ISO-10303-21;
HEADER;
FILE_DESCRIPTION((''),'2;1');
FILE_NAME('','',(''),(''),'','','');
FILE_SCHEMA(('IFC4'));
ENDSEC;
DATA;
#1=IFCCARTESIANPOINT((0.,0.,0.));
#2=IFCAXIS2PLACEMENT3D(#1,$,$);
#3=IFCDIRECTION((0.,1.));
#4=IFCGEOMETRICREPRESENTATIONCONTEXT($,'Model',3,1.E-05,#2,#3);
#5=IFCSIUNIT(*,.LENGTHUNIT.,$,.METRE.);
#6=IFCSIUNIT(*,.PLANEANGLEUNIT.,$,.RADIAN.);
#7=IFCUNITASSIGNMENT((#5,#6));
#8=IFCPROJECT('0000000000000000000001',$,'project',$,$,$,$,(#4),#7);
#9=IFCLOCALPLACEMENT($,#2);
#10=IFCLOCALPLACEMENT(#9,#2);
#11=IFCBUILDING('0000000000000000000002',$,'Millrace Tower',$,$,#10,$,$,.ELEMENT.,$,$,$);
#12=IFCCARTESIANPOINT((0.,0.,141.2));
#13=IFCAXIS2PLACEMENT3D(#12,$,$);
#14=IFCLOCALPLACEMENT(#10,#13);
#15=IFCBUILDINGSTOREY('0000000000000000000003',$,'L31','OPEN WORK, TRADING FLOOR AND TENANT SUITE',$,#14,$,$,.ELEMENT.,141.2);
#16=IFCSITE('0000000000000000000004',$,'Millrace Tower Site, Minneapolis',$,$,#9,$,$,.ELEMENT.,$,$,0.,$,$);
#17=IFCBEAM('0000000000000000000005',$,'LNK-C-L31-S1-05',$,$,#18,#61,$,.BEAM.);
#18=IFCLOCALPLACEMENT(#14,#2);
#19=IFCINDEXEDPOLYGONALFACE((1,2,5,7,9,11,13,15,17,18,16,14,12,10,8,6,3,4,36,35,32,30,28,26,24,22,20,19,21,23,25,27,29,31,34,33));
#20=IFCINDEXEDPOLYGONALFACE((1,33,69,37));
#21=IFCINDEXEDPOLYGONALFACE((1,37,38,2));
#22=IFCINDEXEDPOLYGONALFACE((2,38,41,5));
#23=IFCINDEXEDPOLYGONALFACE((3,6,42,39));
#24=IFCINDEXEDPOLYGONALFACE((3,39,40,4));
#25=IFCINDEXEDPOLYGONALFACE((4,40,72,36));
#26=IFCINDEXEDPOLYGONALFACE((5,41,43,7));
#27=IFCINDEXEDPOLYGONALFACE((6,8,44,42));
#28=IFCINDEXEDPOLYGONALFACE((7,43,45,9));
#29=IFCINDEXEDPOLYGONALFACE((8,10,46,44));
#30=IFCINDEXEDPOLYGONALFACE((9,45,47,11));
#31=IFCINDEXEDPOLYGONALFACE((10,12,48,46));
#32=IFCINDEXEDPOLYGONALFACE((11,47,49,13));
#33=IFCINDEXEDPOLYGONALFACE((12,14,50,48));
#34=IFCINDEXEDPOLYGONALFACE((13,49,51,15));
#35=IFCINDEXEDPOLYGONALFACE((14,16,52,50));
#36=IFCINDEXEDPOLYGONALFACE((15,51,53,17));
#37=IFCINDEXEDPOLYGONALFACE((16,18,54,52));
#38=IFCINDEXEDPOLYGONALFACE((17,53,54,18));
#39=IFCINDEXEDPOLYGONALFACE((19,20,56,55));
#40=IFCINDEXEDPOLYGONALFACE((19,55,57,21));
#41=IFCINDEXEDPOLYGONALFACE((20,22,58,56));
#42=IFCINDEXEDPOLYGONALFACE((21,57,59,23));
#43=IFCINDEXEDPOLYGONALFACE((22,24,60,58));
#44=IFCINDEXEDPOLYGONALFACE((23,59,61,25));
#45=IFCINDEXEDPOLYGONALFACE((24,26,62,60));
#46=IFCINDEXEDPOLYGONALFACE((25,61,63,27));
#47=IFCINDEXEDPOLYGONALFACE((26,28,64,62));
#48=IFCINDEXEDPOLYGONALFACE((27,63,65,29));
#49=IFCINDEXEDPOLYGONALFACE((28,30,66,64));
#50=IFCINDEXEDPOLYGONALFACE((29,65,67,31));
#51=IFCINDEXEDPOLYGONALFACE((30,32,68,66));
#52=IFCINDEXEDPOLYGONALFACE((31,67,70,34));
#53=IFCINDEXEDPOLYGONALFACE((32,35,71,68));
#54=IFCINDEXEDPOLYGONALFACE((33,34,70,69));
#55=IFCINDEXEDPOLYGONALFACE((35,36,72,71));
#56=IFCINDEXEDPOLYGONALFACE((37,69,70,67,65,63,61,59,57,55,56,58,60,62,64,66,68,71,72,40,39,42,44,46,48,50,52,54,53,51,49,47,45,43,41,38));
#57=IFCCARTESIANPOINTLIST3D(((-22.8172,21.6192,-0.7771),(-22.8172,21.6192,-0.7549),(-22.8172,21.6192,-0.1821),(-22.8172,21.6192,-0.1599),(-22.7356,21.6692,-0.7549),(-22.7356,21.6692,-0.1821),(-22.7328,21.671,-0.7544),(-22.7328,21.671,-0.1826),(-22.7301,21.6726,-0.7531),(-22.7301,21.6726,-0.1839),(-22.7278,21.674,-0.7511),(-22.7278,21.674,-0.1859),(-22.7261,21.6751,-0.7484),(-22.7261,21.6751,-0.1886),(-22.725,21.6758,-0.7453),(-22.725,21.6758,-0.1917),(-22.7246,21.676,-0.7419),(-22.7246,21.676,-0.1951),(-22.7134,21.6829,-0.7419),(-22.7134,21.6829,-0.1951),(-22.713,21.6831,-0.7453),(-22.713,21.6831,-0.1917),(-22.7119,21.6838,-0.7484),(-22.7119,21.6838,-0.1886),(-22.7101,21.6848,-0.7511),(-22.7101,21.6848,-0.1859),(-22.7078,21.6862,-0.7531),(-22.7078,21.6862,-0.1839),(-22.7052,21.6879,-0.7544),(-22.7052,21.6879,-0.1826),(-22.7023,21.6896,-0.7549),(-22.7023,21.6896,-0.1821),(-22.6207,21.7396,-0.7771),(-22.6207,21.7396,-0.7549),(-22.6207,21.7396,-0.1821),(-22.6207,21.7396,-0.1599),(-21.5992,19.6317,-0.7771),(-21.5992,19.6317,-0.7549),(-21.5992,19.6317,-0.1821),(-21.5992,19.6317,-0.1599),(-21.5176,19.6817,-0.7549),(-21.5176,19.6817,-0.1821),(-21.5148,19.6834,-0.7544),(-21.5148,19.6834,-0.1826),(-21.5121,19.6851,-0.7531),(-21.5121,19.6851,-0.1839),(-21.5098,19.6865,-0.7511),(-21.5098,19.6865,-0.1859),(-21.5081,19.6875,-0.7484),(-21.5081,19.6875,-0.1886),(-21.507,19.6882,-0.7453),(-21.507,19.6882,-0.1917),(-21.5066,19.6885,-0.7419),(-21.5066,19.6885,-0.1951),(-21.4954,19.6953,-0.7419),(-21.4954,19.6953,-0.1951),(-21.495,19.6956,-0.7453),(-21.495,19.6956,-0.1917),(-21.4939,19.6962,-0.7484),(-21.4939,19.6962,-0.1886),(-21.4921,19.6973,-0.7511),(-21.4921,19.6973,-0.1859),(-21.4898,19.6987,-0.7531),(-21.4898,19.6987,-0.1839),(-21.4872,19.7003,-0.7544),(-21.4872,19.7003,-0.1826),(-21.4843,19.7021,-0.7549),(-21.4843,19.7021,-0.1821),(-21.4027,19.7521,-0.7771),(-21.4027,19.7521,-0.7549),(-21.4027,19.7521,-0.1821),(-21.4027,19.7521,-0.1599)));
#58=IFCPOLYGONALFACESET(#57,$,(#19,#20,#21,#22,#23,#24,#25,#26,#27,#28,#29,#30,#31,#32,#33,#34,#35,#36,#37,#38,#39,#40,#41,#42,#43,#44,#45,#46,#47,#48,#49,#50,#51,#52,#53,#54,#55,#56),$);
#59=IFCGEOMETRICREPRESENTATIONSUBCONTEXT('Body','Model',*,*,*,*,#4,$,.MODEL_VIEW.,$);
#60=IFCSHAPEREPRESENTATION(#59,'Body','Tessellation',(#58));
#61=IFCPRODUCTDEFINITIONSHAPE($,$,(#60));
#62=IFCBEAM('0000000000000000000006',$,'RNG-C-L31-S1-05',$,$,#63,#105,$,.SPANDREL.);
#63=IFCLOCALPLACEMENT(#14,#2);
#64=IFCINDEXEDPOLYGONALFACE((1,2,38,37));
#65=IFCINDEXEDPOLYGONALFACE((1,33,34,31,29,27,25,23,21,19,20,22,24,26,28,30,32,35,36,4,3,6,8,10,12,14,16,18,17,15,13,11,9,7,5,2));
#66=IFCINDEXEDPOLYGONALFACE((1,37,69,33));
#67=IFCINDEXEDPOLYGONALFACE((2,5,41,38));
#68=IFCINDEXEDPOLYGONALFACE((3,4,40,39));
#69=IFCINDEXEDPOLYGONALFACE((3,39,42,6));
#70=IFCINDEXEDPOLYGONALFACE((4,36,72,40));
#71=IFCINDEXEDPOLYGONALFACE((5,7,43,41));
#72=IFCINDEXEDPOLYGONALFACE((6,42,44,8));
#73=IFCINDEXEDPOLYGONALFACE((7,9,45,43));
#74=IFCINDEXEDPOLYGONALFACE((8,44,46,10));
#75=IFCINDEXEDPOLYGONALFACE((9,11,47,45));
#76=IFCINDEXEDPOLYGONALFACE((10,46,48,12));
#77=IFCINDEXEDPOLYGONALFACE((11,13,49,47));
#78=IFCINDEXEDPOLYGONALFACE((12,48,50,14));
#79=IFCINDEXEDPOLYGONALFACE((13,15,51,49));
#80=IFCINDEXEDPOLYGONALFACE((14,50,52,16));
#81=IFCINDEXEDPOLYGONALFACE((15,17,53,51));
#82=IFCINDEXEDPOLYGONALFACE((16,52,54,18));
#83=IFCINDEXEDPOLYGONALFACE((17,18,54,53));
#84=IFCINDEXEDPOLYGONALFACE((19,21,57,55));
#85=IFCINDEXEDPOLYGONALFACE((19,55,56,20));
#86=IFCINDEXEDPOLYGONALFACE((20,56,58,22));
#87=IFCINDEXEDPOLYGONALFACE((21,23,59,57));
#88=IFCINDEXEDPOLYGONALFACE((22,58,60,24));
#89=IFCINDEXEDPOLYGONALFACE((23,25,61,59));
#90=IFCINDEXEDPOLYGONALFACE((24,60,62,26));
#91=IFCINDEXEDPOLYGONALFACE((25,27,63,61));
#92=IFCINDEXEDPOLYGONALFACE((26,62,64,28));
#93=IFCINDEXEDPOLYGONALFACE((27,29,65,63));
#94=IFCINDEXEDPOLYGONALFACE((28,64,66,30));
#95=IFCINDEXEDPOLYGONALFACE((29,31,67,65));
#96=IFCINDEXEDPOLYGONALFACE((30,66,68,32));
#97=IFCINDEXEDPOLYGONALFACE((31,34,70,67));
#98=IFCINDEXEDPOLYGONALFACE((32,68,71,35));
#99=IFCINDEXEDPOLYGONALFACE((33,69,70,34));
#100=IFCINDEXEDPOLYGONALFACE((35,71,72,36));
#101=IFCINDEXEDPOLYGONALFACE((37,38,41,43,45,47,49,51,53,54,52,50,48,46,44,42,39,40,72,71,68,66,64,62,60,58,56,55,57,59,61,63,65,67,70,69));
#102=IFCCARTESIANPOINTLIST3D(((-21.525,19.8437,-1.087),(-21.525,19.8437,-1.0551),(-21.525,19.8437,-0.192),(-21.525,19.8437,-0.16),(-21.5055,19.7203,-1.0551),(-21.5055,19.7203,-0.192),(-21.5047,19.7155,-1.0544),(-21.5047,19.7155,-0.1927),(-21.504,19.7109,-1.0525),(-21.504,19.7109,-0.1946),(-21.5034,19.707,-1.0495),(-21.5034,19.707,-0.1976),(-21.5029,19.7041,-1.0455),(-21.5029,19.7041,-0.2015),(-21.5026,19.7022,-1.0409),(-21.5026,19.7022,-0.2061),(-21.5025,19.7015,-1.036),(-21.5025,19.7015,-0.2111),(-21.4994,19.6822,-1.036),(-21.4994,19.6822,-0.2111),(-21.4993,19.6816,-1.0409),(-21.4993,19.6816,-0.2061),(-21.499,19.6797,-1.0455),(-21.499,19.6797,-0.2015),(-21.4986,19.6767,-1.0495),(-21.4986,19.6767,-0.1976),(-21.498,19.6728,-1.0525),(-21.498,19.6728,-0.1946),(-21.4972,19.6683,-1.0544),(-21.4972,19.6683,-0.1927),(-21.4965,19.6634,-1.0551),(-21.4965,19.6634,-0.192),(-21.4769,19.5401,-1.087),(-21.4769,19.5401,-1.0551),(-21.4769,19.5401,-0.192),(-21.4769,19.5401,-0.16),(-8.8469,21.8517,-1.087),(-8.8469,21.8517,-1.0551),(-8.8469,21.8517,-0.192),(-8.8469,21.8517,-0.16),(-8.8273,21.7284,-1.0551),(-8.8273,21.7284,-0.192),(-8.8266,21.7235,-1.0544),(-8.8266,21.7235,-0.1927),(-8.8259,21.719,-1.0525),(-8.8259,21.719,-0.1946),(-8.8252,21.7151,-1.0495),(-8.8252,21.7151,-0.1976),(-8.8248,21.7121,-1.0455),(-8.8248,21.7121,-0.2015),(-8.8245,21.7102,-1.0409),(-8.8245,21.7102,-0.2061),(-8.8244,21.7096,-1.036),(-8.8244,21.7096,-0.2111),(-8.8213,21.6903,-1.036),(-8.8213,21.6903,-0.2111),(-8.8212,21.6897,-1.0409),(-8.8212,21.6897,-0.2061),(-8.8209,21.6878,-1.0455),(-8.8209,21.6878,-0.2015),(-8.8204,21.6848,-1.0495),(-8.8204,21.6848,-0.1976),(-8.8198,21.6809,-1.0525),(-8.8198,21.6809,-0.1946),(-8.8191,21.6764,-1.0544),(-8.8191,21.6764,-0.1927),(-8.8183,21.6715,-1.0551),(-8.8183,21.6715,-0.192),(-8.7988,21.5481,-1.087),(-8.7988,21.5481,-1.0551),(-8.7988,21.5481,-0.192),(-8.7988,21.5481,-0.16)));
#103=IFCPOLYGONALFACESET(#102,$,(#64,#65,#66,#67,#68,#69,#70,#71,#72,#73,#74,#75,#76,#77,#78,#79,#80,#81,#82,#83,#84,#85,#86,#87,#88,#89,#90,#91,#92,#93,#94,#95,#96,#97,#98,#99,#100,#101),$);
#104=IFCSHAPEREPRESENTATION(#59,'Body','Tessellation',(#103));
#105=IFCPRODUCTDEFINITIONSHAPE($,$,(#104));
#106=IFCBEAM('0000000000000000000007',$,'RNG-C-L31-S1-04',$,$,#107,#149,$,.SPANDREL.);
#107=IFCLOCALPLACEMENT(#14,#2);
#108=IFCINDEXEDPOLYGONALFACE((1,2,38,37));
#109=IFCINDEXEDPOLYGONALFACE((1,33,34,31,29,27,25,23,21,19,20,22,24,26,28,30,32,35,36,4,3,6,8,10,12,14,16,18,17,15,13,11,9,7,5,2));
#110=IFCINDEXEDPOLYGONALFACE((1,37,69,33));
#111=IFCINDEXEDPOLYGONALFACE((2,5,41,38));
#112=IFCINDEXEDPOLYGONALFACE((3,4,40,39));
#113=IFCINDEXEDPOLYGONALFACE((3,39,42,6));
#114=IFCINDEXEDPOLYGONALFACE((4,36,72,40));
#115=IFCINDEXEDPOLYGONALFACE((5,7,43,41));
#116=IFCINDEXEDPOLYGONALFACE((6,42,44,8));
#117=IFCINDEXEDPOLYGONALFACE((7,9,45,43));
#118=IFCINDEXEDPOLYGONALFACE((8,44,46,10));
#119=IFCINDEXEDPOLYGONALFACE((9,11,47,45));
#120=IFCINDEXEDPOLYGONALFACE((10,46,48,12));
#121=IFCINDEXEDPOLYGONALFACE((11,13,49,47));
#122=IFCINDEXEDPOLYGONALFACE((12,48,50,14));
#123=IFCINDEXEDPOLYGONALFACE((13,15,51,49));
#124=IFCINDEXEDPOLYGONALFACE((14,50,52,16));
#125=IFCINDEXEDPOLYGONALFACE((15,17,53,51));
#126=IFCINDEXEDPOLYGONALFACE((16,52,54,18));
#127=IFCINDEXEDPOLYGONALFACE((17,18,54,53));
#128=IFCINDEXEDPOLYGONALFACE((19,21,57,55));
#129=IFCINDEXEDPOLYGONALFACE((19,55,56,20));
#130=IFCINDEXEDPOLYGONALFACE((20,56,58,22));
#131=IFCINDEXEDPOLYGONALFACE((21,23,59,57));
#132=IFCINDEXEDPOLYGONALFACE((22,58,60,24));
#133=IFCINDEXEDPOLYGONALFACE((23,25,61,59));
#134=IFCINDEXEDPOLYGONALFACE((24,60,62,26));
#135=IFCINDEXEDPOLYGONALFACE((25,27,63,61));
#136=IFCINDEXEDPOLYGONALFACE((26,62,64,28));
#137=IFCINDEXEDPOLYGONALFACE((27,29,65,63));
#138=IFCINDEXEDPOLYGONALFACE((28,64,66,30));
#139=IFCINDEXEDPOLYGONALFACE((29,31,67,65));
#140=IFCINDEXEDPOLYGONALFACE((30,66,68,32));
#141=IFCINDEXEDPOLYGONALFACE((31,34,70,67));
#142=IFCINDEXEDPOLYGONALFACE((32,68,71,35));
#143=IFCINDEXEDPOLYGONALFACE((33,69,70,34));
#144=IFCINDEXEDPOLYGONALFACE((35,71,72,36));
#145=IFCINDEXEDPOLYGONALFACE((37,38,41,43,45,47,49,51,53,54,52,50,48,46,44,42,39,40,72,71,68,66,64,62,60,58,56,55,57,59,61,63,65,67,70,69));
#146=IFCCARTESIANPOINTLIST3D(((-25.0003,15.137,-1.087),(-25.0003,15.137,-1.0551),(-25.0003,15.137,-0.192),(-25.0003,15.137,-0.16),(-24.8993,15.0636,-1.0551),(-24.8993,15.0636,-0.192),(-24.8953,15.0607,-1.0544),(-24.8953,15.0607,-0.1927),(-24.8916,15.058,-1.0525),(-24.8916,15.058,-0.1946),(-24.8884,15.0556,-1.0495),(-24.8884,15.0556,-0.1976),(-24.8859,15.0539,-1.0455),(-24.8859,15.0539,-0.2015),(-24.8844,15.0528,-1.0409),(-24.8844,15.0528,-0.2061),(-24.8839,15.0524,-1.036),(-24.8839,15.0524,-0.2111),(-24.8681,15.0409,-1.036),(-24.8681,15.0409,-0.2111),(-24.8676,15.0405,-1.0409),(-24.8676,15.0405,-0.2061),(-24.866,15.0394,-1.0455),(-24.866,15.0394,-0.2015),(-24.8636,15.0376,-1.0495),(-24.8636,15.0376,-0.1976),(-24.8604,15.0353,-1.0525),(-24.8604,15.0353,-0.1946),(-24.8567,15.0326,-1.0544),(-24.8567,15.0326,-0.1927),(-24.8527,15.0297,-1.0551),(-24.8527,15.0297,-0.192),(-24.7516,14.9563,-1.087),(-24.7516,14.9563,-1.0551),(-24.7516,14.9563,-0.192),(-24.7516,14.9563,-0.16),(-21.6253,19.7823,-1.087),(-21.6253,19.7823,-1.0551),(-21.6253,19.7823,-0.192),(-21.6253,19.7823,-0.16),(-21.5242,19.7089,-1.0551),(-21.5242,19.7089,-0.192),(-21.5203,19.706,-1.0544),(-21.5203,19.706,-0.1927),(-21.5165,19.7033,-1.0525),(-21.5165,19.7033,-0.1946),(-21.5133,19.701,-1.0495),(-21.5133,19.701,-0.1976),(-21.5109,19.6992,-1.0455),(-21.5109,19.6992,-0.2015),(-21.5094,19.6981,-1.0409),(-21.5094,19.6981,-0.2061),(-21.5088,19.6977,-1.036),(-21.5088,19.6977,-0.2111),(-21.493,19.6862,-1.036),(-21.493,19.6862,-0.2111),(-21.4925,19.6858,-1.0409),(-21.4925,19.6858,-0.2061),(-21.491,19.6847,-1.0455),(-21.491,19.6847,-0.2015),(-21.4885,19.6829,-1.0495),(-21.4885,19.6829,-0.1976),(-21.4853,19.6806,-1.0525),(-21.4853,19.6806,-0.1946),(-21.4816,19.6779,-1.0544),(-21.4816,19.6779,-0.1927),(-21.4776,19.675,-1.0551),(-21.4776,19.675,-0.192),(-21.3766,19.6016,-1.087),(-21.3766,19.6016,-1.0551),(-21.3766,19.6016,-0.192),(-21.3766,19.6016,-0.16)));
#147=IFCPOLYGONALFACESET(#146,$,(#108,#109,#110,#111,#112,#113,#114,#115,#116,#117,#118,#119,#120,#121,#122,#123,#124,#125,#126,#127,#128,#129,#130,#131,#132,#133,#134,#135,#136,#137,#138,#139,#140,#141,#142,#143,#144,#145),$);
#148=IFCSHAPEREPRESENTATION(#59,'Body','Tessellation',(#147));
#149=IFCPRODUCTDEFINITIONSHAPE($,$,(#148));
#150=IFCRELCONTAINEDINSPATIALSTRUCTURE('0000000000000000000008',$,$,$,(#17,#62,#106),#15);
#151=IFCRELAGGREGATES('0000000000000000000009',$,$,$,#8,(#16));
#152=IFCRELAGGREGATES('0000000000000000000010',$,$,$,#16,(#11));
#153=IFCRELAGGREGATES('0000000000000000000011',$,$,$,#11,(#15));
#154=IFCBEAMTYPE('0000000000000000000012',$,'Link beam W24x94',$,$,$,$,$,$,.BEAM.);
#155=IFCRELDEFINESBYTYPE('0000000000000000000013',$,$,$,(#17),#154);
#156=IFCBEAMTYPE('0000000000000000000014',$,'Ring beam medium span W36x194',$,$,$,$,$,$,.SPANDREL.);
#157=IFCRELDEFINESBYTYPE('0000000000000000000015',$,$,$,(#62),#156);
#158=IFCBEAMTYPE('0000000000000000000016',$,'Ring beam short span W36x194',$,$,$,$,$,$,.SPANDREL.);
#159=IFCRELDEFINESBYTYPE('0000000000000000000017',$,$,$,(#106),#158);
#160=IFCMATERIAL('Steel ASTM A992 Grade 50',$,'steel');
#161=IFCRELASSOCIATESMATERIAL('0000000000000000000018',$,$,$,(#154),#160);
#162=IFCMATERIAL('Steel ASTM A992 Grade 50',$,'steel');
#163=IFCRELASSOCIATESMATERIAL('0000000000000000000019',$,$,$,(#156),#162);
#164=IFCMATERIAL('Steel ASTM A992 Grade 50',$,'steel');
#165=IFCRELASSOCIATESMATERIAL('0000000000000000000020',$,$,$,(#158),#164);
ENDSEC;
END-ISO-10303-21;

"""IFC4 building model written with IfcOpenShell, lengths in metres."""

from ifc_helpers import new_model, si_unit, direction, frame, origin, origin_2d, place, context, subcontext, project, spatial, i_section, extrude, material, material_profile, profile_set, type_object, element, save


model = new_model("IFC4")

# Units and contexts
model_context = context("Model", 3, precision=1e-05, world=origin(), true_north=direction((0.0, 1.0)))
body_context = subcontext(model_context, "Body", "Model", "MODEL_VIEW")
ifc_project = project(units=[si_unit("LENGTHUNIT", "METRE"), si_unit("PLANEANGLEUNIT", "RADIAN")], contexts=[model_context])

# Site, building, storey
site_placement = place(None, origin())
site = spatial("IfcSite", under=ifc_project, at=site_placement, Name="Millrace Tower Site, Minneapolis", CompositionType="ELEMENT", RefElevation=0.0)
building_placement = place(site_placement, origin())
building = spatial("IfcBuilding", under=site, at=building_placement, Name="Millrace Tower", CompositionType="ELEMENT")
storey_placement = place(building_placement, frame((0.0, 0.0, 141.2)))
storey = spatial("IfcBuildingStorey", under=building, at=storey_placement, Name="L31", Description="OPEN WORK, TRADING FLOOR AND TENANT SUITE", CompositionType="ELEMENT", Elevation=141.2)

# Beams
ifc_material_1 = material(Name="Steel ASTM A992 Grade 50", Category="steel")
ifc_material_profile_1 = material_profile(ifc_material_1, i_section(OverallWidth=0.2305, OverallDepth=0.6172, WebThickness=0.0132, FlangeThickness=0.0222, FilletRadius=0.0129, at=origin_2d()))
ifc_profile_set_1 = profile_set([ifc_material_profile_1], Name="Steel ASTM A992 Grade 50")
beam_type_1 = type_object("IfcBeamType", Name="Link beam W24x94", PredefinedType="BEAM", material=ifc_profile_set_1)
for number, where, z_axis, x_axis, name in (
    (1, (-21.501, 19.6919, -0.4685), (-0.522513, 0.852631, 0.0), (-0.852631, -0.522513, 0.0), "LNK-C-L31-S1-05"),
):
    element("IfcBeam", number, at=place(storey_placement, frame(where, z_axis=z_axis, x_axis=x_axis)), inside=storey, type_object=beam_type_1, Name=name, PredefinedType="BEAM", context=body_context, shape_type="SweptSolid", body=[
        extrude(i_section(OverallWidth=0.2305, OverallDepth=0.6172, WebThickness=0.0132, FlangeThickness=0.0222, FilletRadius=0.0129, at=origin_2d()), origin(), (0.0, 0.0, 1.0), 2.3311),
    ])
ifc_material_2 = material(Name="Steel ASTM A992 Grade 50", Category="steel")
ifc_material_profile_2 = material_profile(ifc_material_2, i_section(OverallWidth=0.3074, OverallDepth=0.927, WebThickness=0.0195, FlangeThickness=0.032, FilletRadius=0.019, at=origin_2d()))
ifc_profile_set_2 = profile_set([ifc_material_profile_2], Name="Steel ASTM A992 Grade 50")
beam_type_2 = type_object("IfcBeamType", Name="Ring beam medium span W36x194", PredefinedType="SPANDREL", material=ifc_profile_set_2)
beam_1_placement = place(storey_placement, frame((-21.501, 19.6919, -0.6235), z_axis=(0.987688, 0.156436, 0.0), x_axis=(-0.156436, 0.987688, 0.0)))
element("IfcBeam", 2, at=beam_1_placement, inside=storey, type_object=beam_type_2, Name="RNG-C-L31-S1-05", PredefinedType="SPANDREL", context=body_context, shape_type="SweptSolid", body=[
    extrude(i_section(OverallWidth=0.3074, OverallDepth=0.927, WebThickness=0.0195, FlangeThickness=0.032, FilletRadius=0.019, at=origin_2d()), origin(), (0.0, 0.0, 1.0), 12.8362),
])
ifc_material_3 = material(Name="Steel ASTM A992 Grade 50", Category="steel")
ifc_material_profile_3 = material_profile(ifc_material_3, i_section(OverallWidth=0.3074, OverallDepth=0.927, WebThickness=0.0195, FlangeThickness=0.032, FilletRadius=0.019, at=origin_2d()))
ifc_profile_set_3 = profile_set([ifc_material_profile_3], Name="Steel ASTM A992 Grade 50")
beam_type_3 = type_object("IfcBeamType", Name="Ring beam short span W36x194", PredefinedType="SPANDREL", material=ifc_profile_set_3)
beam_2_placement = place(storey_placement, frame((-24.876, 15.0466, -0.6235), z_axis=(0.587787, 0.809015, 0.0), x_axis=(-0.809015, 0.587787, 0.0)))
element("IfcBeam", 3, at=beam_2_placement, inside=storey, type_object=beam_type_3, Name="RNG-C-L31-S1-04", PredefinedType="SPANDREL", context=body_context, shape_type="SweptSolid", body=[
    extrude(i_section(OverallWidth=0.3074, OverallDepth=0.927, WebThickness=0.0195, FlangeThickness=0.032, FilletRadius=0.019, at=origin_2d()), origin(), (0.0, 0.0, 1.0), 5.7419),
])

save(model, "model.ifc")
